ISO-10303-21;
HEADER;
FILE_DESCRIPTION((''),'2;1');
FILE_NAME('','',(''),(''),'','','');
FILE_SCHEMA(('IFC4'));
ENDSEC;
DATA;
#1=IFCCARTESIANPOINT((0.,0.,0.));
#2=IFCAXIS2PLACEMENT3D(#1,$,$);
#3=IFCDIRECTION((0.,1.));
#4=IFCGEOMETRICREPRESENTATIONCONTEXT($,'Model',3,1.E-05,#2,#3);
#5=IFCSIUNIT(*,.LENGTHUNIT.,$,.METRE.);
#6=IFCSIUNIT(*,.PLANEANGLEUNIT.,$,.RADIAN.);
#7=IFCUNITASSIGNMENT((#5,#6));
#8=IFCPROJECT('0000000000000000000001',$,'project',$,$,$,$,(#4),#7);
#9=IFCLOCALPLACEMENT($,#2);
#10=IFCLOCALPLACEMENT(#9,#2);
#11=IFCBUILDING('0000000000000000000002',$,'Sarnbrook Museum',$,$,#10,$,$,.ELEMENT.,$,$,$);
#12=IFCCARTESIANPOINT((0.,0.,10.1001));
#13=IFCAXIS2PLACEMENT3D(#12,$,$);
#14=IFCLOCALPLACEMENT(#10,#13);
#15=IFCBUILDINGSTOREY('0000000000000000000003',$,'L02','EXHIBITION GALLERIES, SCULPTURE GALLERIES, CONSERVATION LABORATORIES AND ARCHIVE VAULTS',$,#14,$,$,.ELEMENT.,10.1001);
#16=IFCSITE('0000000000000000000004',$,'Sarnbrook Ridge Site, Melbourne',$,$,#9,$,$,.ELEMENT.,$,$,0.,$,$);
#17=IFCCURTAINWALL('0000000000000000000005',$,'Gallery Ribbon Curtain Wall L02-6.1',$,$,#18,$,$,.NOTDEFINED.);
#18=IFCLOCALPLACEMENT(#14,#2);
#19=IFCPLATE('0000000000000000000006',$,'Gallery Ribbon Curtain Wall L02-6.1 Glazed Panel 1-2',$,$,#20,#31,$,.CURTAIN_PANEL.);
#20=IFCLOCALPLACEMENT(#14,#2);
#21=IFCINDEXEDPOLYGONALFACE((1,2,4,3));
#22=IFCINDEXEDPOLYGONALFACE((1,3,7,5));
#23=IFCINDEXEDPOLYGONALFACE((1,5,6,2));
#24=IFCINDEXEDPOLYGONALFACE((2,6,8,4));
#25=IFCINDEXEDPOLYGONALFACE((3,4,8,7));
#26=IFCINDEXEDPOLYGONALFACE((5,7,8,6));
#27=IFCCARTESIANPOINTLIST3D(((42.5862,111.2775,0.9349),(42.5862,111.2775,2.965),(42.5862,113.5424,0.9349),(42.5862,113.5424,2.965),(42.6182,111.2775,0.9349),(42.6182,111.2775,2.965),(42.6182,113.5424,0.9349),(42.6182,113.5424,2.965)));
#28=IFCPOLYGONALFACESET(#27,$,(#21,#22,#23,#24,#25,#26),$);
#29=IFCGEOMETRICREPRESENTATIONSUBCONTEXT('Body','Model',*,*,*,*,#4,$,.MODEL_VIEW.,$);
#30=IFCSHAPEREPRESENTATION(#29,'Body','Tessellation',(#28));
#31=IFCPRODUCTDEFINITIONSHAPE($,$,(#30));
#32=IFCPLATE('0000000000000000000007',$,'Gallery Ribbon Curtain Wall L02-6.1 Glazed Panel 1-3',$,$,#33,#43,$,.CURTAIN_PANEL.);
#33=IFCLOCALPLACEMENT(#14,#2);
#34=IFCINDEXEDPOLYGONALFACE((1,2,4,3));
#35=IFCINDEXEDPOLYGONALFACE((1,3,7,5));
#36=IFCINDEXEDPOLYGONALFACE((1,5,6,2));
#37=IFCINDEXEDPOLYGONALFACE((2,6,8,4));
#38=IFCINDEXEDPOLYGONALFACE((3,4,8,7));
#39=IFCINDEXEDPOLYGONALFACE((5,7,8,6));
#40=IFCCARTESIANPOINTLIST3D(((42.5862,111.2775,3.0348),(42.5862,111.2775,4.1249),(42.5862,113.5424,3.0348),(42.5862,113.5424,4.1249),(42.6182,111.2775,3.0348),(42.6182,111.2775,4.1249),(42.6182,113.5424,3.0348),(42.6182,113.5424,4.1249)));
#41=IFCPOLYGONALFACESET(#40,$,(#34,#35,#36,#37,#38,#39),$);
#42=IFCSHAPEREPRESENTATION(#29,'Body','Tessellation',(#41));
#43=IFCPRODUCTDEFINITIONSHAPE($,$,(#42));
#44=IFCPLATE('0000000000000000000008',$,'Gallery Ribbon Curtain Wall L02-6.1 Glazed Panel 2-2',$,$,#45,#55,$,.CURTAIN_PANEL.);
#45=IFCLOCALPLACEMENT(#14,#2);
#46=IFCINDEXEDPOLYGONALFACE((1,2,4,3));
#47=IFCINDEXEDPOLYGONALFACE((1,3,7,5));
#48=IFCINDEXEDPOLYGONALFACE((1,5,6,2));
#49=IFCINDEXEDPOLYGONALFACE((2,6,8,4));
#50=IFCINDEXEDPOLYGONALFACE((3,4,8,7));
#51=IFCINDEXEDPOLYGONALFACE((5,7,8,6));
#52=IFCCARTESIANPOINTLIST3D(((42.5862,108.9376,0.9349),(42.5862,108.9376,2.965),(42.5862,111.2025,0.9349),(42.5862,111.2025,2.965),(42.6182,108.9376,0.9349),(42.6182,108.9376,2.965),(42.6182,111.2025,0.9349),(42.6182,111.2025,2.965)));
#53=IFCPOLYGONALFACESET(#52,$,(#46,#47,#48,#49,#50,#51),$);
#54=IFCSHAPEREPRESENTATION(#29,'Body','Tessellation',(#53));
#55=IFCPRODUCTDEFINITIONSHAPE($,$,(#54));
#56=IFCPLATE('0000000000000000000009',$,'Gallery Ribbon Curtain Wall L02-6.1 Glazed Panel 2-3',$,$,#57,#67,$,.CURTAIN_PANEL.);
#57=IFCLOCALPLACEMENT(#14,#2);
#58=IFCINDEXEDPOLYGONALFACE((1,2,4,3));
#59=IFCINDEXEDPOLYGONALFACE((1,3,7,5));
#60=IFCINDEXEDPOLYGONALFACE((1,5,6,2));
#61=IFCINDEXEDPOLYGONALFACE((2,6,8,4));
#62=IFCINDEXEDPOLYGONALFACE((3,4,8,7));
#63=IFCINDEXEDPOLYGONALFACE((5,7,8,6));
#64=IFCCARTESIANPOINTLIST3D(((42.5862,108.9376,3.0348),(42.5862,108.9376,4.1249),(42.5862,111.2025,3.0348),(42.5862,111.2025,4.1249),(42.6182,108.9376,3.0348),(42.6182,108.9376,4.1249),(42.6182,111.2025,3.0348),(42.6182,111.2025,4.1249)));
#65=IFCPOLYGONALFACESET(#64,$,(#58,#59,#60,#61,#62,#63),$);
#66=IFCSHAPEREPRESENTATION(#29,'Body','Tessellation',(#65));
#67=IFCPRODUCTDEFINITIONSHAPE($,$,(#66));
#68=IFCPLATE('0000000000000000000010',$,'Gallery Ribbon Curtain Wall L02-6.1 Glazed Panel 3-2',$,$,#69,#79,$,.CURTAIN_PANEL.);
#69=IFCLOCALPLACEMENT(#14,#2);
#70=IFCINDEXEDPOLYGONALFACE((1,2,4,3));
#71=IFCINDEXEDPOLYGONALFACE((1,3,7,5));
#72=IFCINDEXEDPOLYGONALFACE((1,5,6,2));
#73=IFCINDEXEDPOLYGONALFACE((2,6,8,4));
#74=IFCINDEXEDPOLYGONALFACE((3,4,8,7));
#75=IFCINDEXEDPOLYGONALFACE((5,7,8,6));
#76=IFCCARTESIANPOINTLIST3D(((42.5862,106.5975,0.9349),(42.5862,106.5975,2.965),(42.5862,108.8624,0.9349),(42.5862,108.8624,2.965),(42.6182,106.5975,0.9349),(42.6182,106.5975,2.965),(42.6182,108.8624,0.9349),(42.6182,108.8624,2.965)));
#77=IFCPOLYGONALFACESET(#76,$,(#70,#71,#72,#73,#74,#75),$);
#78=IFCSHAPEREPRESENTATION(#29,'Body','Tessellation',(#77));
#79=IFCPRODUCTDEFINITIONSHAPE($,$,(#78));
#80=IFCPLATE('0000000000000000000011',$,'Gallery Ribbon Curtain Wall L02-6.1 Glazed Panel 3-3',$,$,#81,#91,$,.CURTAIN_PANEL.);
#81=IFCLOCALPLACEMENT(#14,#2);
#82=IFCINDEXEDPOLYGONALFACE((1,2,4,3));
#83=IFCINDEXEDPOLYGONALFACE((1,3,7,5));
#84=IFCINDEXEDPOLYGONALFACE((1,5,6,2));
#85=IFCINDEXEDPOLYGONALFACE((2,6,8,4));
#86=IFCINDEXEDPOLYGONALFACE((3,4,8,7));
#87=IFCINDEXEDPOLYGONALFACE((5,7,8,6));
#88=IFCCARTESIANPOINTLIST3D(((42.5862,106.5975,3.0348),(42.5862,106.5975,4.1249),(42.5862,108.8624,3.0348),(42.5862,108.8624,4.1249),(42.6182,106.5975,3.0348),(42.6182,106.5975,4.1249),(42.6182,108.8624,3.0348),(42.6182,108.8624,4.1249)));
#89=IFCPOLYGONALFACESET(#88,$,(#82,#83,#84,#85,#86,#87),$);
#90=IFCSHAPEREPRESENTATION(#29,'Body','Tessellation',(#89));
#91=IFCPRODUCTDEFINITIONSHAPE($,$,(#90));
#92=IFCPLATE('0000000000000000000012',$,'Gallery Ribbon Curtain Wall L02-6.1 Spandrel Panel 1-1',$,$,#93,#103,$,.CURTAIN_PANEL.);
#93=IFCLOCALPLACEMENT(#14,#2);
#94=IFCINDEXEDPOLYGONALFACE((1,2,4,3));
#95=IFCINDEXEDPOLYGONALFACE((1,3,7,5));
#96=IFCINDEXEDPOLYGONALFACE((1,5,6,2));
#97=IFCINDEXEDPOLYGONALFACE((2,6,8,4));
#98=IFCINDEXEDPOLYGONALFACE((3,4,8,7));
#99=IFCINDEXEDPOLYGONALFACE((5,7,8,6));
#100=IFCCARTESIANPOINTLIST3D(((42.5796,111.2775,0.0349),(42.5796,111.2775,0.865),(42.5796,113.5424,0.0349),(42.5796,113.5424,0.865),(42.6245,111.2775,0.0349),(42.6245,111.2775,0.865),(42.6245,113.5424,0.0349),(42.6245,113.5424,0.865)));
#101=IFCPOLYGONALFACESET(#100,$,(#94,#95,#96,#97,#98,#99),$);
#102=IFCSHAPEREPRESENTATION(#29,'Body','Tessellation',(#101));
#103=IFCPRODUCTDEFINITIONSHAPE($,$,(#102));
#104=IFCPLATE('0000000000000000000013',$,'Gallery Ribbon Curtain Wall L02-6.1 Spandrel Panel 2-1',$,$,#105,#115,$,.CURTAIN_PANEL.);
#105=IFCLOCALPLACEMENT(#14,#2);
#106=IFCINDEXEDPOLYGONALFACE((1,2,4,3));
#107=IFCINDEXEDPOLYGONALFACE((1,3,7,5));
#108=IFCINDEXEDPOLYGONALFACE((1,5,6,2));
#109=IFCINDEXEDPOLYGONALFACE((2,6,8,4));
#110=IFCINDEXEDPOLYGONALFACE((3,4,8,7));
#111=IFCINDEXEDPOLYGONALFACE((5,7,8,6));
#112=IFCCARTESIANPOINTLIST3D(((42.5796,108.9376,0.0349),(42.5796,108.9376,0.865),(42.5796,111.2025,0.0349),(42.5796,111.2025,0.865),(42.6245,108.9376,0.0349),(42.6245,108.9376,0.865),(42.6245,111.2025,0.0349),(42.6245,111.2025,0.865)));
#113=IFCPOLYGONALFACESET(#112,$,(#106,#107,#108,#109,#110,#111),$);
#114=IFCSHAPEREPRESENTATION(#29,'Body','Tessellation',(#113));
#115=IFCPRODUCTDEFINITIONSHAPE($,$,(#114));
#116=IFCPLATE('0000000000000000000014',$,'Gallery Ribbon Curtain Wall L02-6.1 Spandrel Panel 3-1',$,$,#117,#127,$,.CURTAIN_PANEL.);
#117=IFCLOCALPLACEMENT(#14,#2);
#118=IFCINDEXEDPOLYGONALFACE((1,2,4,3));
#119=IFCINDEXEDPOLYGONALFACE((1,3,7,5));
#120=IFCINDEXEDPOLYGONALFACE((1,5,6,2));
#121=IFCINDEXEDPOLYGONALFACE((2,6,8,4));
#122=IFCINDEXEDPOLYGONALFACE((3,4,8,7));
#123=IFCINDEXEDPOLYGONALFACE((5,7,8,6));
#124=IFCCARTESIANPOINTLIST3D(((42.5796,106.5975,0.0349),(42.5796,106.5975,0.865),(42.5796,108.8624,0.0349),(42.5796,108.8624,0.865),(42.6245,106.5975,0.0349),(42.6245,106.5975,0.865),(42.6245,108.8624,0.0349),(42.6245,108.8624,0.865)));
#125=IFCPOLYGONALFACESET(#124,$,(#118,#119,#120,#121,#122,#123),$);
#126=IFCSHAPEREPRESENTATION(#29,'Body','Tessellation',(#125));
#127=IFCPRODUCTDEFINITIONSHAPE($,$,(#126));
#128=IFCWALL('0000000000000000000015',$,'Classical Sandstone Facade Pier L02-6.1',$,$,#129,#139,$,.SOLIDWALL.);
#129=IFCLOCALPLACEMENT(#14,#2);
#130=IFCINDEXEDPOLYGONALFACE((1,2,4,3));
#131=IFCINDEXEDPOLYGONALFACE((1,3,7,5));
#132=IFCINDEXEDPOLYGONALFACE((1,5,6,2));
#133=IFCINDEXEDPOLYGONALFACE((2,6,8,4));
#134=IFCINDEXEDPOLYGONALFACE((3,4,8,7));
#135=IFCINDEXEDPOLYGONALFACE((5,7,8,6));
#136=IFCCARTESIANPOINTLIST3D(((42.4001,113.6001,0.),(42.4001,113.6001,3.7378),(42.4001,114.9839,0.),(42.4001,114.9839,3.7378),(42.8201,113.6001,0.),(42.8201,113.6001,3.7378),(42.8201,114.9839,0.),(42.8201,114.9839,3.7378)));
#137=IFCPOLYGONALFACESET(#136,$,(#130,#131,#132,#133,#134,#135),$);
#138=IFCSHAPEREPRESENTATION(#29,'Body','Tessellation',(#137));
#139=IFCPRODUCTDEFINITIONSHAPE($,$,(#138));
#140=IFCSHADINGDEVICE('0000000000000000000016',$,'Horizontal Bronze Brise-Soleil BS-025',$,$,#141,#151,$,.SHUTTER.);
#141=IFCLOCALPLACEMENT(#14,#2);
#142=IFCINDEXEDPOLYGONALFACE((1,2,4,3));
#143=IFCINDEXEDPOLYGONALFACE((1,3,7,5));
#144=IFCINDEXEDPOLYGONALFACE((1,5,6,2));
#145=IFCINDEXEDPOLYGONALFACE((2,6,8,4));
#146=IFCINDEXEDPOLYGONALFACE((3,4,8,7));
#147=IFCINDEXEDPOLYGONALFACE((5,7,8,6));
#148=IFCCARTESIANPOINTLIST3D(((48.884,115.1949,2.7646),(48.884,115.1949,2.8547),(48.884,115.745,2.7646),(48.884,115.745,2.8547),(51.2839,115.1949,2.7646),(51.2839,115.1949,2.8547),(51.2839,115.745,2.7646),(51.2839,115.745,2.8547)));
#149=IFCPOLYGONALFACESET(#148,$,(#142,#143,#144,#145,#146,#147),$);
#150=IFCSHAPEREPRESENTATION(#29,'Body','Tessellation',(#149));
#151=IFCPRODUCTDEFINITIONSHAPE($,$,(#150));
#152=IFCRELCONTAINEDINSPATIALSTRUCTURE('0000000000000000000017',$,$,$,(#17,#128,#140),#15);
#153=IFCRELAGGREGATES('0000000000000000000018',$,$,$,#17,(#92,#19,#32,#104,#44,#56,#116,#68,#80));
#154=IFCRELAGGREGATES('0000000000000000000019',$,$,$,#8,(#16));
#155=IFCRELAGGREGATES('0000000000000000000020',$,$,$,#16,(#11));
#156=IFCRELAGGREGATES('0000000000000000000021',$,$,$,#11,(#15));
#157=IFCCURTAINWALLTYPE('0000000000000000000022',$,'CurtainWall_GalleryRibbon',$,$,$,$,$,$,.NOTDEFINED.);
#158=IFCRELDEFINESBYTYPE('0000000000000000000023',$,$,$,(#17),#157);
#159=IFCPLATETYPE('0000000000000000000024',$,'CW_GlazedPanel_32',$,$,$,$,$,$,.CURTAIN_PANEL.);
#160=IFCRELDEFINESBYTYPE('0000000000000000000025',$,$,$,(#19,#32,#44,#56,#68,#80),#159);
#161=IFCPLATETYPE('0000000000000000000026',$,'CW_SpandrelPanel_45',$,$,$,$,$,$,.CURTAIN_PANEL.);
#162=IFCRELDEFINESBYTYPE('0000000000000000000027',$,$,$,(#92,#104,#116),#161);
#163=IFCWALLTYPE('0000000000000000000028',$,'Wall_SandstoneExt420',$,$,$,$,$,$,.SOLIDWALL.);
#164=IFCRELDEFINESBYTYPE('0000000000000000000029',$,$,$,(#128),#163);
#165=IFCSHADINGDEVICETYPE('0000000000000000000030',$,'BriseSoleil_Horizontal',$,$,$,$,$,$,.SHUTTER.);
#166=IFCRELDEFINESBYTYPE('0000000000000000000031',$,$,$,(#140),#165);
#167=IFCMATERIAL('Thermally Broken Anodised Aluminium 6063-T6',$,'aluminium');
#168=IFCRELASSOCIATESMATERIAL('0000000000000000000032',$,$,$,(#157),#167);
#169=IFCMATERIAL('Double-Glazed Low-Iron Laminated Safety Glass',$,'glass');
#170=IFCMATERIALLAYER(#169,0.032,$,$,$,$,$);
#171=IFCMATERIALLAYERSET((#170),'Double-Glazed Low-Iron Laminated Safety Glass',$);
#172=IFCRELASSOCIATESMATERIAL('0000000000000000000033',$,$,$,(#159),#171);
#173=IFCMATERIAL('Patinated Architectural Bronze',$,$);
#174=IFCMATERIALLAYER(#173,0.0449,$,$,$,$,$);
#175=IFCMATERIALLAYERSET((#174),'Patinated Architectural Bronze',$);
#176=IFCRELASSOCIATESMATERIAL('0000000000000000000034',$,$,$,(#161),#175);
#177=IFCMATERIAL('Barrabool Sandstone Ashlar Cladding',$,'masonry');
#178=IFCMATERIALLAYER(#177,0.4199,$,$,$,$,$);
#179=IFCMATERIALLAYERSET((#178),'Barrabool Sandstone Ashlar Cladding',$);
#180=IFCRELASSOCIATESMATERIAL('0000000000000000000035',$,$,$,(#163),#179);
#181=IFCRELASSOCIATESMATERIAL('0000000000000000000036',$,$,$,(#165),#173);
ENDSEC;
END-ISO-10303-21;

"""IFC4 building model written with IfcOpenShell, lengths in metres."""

from ifc_helpers import new_model, si_unit, direction, frame, frame_2d, origin, origin_2d, place, context, subcontext, project, spatial, rectangle, extrude, material, layer, layer_set, type_object, element, aggregate, save


model = new_model("IFC4")

# Units and contexts
model_context = context("Model", 3, precision=1e-05, world=origin(), true_north=direction((0.0, 1.0)))
body_context = subcontext(model_context, "Body", "Model", "MODEL_VIEW")
ifc_project = project(units=[si_unit("LENGTHUNIT", "METRE"), si_unit("PLANEANGLEUNIT", "RADIAN")], contexts=[model_context])

# Site, building, storey
site_placement = place(None, origin())
site = spatial("IfcSite", under=ifc_project, at=site_placement, Name="Sarnbrook Ridge Site, Melbourne", CompositionType="ELEMENT", RefElevation=0.0)
building_placement = place(site_placement, origin())
building = spatial("IfcBuilding", under=site, at=building_placement, Name="Sarnbrook Museum", CompositionType="ELEMENT")
storey_placement = place(building_placement, frame((0.0, 0.0, 10.1001)))
storey = spatial("IfcBuildingStorey", under=building, at=storey_placement, Name="L02", Description="EXHIBITION GALLERIES, SCULPTURE GALLERIES, CONSERVATION LABORATORIES AND ARCHIVE VAULTS", CompositionType="ELEMENT", Elevation=10.1001)

# Curtain wall
ifc_material_1 = material(Name="Thermally Broken Anodised Aluminium 6063-T6", Category="aluminium")
curtain_wall_type = type_object("IfcCurtainWallType", Name="CurtainWall_GalleryRibbon", PredefinedType="NOTDEFINED", material=ifc_material_1)
curtain_wall_placement = place(storey_placement, origin())
curtain_wall = element("IfcCurtainWall", 1, at=curtain_wall_placement, inside=storey, type_object=curtain_wall_type, Name="Gallery Ribbon Curtain Wall L02-6.1", PredefinedType="NOTDEFINED")

# Plates
ifc_material_2 = material(Name="Double-Glazed Low-Iron Laminated Safety Glass", Category="glass")
ifc_layer_1 = layer(ifc_material_2, 0.032)
ifc_layer_set_1 = layer_set([ifc_layer_1], Name="Double-Glazed Low-Iron Laminated Safety Glass")
plate_type_1 = type_object("IfcPlateType", Name="CW_GlazedPanel_32", PredefinedType="CURTAIN_PANEL", material=ifc_layer_set_1)
plate_1_placement = place(storey_placement, frame((42.6182, 112.4099, 1.95), z_axis=(-1.0, 0.0, 0.0), x_axis=(0.0, -1.0, 0.0)))
plate_1 = element("IfcPlate", 2, at=plate_1_placement, type_object=plate_type_1, Name="Gallery Ribbon Curtain Wall L02-6.1 Glazed Panel 1-2", PredefinedType="CURTAIN_PANEL", context=body_context, shape_type="SweptSolid", body=[
    extrude(rectangle(XDim=2.2649, YDim=2.03, at=origin_2d()), origin(), (0.0, 0.0, 1.0), 0.032),
])
plate_2_placement = place(storey_placement, frame((42.6182, 112.4099, 3.5798), z_axis=(-1.0, 0.0, 0.0), x_axis=(0.0, -1.0, 0.0)))
plate_2 = element("IfcPlate", 3, at=plate_2_placement, type_object=plate_type_1, Name="Gallery Ribbon Curtain Wall L02-6.1 Glazed Panel 1-3", PredefinedType="CURTAIN_PANEL", context=body_context, shape_type="SweptSolid", body=[
    extrude(rectangle(XDim=2.2649, YDim=1.0901, at=origin_2d()), origin(), (0.0, 0.0, 1.0), 0.032),
])
plate_3_placement = place(storey_placement, frame((42.6182, 110.0701, 1.95), z_axis=(-1.0, 0.0, 0.0), x_axis=(0.0, -1.0, 0.0)))
plate_3 = element("IfcPlate", 4, at=plate_3_placement, type_object=plate_type_1, Name="Gallery Ribbon Curtain Wall L02-6.1 Glazed Panel 2-2", PredefinedType="CURTAIN_PANEL", context=body_context, shape_type="SweptSolid", body=[
    extrude(rectangle(XDim=2.2649, YDim=2.03, at=origin_2d()), origin(), (0.0, 0.0, 1.0), 0.032),
])
plate_4_placement = place(storey_placement, frame((42.6182, 110.0701, 3.5798), z_axis=(-1.0, 0.0, 0.0), x_axis=(0.0, -1.0, 0.0)))
plate_4 = element("IfcPlate", 5, at=plate_4_placement, type_object=plate_type_1, Name="Gallery Ribbon Curtain Wall L02-6.1 Glazed Panel 2-3", PredefinedType="CURTAIN_PANEL", context=body_context, shape_type="SweptSolid", body=[
    extrude(rectangle(XDim=2.2649, YDim=1.0901, at=origin_2d()), origin(), (0.0, 0.0, 1.0), 0.032),
])
plate_5_placement = place(storey_placement, frame((42.6182, 107.73, 1.95), z_axis=(-1.0, 0.0, 0.0), x_axis=(0.0, -1.0, 0.0)))
plate_5 = element("IfcPlate", 6, at=plate_5_placement, type_object=plate_type_1, Name="Gallery Ribbon Curtain Wall L02-6.1 Glazed Panel 3-2", PredefinedType="CURTAIN_PANEL", context=body_context, shape_type="SweptSolid", body=[
    extrude(rectangle(XDim=2.2649, YDim=2.03, at=origin_2d()), origin(), (0.0, 0.0, 1.0), 0.032),
])
plate_6_placement = place(storey_placement, frame((42.6182, 107.73, 3.5798), z_axis=(-1.0, 0.0, 0.0), x_axis=(0.0, -1.0, 0.0)))
plate_6 = element("IfcPlate", 7, at=plate_6_placement, type_object=plate_type_1, Name="Gallery Ribbon Curtain Wall L02-6.1 Glazed Panel 3-3", PredefinedType="CURTAIN_PANEL", context=body_context, shape_type="SweptSolid", body=[
    extrude(rectangle(XDim=2.2649, YDim=1.0901, at=origin_2d()), origin(), (0.0, 0.0, 1.0), 0.032),
])
ifc_material_3 = material(Name="Patinated Architectural Bronze")
ifc_layer_2 = layer(ifc_material_3, 0.0449)
ifc_layer_set_2 = layer_set([ifc_layer_2], Name="Patinated Architectural Bronze")
plate_type_2 = type_object("IfcPlateType", Name="CW_SpandrelPanel_45", PredefinedType="CURTAIN_PANEL", material=ifc_layer_set_2)
plate_7_placement = place(storey_placement, frame((42.6245, 112.4099, 0.45), z_axis=(-1.0, 0.0, 0.0), x_axis=(0.0, -1.0, 0.0)))
plate_7 = element("IfcPlate", 8, at=plate_7_placement, type_object=plate_type_2, Name="Gallery Ribbon Curtain Wall L02-6.1 Spandrel Panel 1-1", PredefinedType="CURTAIN_PANEL", context=body_context, shape_type="SweptSolid", body=[
    extrude(rectangle(XDim=2.2649, YDim=0.8301, at=origin_2d()), origin(), (0.0, 0.0, 1.0), 0.0449),
])
plate_8_placement = place(storey_placement, frame((42.6245, 110.0701, 0.45), z_axis=(-1.0, 0.0, 0.0), x_axis=(0.0, -1.0, 0.0)))
plate_8 = element("IfcPlate", 9, at=plate_8_placement, type_object=plate_type_2, Name="Gallery Ribbon Curtain Wall L02-6.1 Spandrel Panel 2-1", PredefinedType="CURTAIN_PANEL", context=body_context, shape_type="SweptSolid", body=[
    extrude(rectangle(XDim=2.2649, YDim=0.8301, at=origin_2d()), origin(), (0.0, 0.0, 1.0), 0.0449),
])
plate_9_placement = place(storey_placement, frame((42.6245, 107.73, 0.45), z_axis=(-1.0, 0.0, 0.0), x_axis=(0.0, -1.0, 0.0)))
plate_9 = element("IfcPlate", 10, at=plate_9_placement, type_object=plate_type_2, Name="Gallery Ribbon Curtain Wall L02-6.1 Spandrel Panel 3-1", PredefinedType="CURTAIN_PANEL", context=body_context, shape_type="SweptSolid", body=[
    extrude(rectangle(XDim=2.2649, YDim=0.8301, at=origin_2d()), origin(), (0.0, 0.0, 1.0), 0.0449),
])
aggregate(curtain_wall, [plate_7, plate_1, plate_2, plate_8, plate_3, plate_4, plate_9, plate_5, plate_6])

# Wall
ifc_material_4 = material(Name="Barrabool Sandstone Ashlar Cladding", Category="masonry")
ifc_layer_3 = layer(ifc_material_4, 0.4199)
ifc_layer_set_3 = layer_set([ifc_layer_3], Name="Barrabool Sandstone Ashlar Cladding")
wall_type = type_object("IfcWallType", Name="Wall_SandstoneExt420", PredefinedType="SOLIDWALL", material=ifc_layer_set_3)
wall_placement = place(storey_placement, frame((42.6101, 114.9839, 0.0), z_axis=(0.0, 0.0, 1.0), x_axis=(0.0, -1.0, 0.0)))
element("IfcWall", 11, at=wall_placement, inside=storey, type_object=wall_type, Name="Classical Sandstone Facade Pier L02-6.1", PredefinedType="SOLIDWALL", context=body_context, shape_type="SweptSolid", body=[
    extrude(rectangle(XDim=1.3838, YDim=0.4199, at=frame_2d((0.6919, 0.0))), origin(), (0.0, 0.0, 1.0), 3.7378),
])

# Shading device
shading_device_type = type_object("IfcShadingDeviceType", Name="BriseSoleil_Horizontal", PredefinedType="SHUTTER", material=ifc_material_3)
shading_device_placement = place(storey_placement, frame((50.084, 115.47, 2.7646), z_axis=(0.0, 0.0, 1.0), x_axis=(1.0, 0.0, 0.0)))
element("IfcShadingDevice", 12, at=shading_device_placement, inside=storey, type_object=shading_device_type, Name="Horizontal Bronze Brise-Soleil BS-025", PredefinedType="SHUTTER", context=body_context, shape_type="SweptSolid", body=[
    extrude(rectangle(XDim=2.3999, YDim=0.55, at=origin_2d()), origin(), (0.0, 0.0, 1.0), 0.0901),
])

save(model, "model.ifc")
